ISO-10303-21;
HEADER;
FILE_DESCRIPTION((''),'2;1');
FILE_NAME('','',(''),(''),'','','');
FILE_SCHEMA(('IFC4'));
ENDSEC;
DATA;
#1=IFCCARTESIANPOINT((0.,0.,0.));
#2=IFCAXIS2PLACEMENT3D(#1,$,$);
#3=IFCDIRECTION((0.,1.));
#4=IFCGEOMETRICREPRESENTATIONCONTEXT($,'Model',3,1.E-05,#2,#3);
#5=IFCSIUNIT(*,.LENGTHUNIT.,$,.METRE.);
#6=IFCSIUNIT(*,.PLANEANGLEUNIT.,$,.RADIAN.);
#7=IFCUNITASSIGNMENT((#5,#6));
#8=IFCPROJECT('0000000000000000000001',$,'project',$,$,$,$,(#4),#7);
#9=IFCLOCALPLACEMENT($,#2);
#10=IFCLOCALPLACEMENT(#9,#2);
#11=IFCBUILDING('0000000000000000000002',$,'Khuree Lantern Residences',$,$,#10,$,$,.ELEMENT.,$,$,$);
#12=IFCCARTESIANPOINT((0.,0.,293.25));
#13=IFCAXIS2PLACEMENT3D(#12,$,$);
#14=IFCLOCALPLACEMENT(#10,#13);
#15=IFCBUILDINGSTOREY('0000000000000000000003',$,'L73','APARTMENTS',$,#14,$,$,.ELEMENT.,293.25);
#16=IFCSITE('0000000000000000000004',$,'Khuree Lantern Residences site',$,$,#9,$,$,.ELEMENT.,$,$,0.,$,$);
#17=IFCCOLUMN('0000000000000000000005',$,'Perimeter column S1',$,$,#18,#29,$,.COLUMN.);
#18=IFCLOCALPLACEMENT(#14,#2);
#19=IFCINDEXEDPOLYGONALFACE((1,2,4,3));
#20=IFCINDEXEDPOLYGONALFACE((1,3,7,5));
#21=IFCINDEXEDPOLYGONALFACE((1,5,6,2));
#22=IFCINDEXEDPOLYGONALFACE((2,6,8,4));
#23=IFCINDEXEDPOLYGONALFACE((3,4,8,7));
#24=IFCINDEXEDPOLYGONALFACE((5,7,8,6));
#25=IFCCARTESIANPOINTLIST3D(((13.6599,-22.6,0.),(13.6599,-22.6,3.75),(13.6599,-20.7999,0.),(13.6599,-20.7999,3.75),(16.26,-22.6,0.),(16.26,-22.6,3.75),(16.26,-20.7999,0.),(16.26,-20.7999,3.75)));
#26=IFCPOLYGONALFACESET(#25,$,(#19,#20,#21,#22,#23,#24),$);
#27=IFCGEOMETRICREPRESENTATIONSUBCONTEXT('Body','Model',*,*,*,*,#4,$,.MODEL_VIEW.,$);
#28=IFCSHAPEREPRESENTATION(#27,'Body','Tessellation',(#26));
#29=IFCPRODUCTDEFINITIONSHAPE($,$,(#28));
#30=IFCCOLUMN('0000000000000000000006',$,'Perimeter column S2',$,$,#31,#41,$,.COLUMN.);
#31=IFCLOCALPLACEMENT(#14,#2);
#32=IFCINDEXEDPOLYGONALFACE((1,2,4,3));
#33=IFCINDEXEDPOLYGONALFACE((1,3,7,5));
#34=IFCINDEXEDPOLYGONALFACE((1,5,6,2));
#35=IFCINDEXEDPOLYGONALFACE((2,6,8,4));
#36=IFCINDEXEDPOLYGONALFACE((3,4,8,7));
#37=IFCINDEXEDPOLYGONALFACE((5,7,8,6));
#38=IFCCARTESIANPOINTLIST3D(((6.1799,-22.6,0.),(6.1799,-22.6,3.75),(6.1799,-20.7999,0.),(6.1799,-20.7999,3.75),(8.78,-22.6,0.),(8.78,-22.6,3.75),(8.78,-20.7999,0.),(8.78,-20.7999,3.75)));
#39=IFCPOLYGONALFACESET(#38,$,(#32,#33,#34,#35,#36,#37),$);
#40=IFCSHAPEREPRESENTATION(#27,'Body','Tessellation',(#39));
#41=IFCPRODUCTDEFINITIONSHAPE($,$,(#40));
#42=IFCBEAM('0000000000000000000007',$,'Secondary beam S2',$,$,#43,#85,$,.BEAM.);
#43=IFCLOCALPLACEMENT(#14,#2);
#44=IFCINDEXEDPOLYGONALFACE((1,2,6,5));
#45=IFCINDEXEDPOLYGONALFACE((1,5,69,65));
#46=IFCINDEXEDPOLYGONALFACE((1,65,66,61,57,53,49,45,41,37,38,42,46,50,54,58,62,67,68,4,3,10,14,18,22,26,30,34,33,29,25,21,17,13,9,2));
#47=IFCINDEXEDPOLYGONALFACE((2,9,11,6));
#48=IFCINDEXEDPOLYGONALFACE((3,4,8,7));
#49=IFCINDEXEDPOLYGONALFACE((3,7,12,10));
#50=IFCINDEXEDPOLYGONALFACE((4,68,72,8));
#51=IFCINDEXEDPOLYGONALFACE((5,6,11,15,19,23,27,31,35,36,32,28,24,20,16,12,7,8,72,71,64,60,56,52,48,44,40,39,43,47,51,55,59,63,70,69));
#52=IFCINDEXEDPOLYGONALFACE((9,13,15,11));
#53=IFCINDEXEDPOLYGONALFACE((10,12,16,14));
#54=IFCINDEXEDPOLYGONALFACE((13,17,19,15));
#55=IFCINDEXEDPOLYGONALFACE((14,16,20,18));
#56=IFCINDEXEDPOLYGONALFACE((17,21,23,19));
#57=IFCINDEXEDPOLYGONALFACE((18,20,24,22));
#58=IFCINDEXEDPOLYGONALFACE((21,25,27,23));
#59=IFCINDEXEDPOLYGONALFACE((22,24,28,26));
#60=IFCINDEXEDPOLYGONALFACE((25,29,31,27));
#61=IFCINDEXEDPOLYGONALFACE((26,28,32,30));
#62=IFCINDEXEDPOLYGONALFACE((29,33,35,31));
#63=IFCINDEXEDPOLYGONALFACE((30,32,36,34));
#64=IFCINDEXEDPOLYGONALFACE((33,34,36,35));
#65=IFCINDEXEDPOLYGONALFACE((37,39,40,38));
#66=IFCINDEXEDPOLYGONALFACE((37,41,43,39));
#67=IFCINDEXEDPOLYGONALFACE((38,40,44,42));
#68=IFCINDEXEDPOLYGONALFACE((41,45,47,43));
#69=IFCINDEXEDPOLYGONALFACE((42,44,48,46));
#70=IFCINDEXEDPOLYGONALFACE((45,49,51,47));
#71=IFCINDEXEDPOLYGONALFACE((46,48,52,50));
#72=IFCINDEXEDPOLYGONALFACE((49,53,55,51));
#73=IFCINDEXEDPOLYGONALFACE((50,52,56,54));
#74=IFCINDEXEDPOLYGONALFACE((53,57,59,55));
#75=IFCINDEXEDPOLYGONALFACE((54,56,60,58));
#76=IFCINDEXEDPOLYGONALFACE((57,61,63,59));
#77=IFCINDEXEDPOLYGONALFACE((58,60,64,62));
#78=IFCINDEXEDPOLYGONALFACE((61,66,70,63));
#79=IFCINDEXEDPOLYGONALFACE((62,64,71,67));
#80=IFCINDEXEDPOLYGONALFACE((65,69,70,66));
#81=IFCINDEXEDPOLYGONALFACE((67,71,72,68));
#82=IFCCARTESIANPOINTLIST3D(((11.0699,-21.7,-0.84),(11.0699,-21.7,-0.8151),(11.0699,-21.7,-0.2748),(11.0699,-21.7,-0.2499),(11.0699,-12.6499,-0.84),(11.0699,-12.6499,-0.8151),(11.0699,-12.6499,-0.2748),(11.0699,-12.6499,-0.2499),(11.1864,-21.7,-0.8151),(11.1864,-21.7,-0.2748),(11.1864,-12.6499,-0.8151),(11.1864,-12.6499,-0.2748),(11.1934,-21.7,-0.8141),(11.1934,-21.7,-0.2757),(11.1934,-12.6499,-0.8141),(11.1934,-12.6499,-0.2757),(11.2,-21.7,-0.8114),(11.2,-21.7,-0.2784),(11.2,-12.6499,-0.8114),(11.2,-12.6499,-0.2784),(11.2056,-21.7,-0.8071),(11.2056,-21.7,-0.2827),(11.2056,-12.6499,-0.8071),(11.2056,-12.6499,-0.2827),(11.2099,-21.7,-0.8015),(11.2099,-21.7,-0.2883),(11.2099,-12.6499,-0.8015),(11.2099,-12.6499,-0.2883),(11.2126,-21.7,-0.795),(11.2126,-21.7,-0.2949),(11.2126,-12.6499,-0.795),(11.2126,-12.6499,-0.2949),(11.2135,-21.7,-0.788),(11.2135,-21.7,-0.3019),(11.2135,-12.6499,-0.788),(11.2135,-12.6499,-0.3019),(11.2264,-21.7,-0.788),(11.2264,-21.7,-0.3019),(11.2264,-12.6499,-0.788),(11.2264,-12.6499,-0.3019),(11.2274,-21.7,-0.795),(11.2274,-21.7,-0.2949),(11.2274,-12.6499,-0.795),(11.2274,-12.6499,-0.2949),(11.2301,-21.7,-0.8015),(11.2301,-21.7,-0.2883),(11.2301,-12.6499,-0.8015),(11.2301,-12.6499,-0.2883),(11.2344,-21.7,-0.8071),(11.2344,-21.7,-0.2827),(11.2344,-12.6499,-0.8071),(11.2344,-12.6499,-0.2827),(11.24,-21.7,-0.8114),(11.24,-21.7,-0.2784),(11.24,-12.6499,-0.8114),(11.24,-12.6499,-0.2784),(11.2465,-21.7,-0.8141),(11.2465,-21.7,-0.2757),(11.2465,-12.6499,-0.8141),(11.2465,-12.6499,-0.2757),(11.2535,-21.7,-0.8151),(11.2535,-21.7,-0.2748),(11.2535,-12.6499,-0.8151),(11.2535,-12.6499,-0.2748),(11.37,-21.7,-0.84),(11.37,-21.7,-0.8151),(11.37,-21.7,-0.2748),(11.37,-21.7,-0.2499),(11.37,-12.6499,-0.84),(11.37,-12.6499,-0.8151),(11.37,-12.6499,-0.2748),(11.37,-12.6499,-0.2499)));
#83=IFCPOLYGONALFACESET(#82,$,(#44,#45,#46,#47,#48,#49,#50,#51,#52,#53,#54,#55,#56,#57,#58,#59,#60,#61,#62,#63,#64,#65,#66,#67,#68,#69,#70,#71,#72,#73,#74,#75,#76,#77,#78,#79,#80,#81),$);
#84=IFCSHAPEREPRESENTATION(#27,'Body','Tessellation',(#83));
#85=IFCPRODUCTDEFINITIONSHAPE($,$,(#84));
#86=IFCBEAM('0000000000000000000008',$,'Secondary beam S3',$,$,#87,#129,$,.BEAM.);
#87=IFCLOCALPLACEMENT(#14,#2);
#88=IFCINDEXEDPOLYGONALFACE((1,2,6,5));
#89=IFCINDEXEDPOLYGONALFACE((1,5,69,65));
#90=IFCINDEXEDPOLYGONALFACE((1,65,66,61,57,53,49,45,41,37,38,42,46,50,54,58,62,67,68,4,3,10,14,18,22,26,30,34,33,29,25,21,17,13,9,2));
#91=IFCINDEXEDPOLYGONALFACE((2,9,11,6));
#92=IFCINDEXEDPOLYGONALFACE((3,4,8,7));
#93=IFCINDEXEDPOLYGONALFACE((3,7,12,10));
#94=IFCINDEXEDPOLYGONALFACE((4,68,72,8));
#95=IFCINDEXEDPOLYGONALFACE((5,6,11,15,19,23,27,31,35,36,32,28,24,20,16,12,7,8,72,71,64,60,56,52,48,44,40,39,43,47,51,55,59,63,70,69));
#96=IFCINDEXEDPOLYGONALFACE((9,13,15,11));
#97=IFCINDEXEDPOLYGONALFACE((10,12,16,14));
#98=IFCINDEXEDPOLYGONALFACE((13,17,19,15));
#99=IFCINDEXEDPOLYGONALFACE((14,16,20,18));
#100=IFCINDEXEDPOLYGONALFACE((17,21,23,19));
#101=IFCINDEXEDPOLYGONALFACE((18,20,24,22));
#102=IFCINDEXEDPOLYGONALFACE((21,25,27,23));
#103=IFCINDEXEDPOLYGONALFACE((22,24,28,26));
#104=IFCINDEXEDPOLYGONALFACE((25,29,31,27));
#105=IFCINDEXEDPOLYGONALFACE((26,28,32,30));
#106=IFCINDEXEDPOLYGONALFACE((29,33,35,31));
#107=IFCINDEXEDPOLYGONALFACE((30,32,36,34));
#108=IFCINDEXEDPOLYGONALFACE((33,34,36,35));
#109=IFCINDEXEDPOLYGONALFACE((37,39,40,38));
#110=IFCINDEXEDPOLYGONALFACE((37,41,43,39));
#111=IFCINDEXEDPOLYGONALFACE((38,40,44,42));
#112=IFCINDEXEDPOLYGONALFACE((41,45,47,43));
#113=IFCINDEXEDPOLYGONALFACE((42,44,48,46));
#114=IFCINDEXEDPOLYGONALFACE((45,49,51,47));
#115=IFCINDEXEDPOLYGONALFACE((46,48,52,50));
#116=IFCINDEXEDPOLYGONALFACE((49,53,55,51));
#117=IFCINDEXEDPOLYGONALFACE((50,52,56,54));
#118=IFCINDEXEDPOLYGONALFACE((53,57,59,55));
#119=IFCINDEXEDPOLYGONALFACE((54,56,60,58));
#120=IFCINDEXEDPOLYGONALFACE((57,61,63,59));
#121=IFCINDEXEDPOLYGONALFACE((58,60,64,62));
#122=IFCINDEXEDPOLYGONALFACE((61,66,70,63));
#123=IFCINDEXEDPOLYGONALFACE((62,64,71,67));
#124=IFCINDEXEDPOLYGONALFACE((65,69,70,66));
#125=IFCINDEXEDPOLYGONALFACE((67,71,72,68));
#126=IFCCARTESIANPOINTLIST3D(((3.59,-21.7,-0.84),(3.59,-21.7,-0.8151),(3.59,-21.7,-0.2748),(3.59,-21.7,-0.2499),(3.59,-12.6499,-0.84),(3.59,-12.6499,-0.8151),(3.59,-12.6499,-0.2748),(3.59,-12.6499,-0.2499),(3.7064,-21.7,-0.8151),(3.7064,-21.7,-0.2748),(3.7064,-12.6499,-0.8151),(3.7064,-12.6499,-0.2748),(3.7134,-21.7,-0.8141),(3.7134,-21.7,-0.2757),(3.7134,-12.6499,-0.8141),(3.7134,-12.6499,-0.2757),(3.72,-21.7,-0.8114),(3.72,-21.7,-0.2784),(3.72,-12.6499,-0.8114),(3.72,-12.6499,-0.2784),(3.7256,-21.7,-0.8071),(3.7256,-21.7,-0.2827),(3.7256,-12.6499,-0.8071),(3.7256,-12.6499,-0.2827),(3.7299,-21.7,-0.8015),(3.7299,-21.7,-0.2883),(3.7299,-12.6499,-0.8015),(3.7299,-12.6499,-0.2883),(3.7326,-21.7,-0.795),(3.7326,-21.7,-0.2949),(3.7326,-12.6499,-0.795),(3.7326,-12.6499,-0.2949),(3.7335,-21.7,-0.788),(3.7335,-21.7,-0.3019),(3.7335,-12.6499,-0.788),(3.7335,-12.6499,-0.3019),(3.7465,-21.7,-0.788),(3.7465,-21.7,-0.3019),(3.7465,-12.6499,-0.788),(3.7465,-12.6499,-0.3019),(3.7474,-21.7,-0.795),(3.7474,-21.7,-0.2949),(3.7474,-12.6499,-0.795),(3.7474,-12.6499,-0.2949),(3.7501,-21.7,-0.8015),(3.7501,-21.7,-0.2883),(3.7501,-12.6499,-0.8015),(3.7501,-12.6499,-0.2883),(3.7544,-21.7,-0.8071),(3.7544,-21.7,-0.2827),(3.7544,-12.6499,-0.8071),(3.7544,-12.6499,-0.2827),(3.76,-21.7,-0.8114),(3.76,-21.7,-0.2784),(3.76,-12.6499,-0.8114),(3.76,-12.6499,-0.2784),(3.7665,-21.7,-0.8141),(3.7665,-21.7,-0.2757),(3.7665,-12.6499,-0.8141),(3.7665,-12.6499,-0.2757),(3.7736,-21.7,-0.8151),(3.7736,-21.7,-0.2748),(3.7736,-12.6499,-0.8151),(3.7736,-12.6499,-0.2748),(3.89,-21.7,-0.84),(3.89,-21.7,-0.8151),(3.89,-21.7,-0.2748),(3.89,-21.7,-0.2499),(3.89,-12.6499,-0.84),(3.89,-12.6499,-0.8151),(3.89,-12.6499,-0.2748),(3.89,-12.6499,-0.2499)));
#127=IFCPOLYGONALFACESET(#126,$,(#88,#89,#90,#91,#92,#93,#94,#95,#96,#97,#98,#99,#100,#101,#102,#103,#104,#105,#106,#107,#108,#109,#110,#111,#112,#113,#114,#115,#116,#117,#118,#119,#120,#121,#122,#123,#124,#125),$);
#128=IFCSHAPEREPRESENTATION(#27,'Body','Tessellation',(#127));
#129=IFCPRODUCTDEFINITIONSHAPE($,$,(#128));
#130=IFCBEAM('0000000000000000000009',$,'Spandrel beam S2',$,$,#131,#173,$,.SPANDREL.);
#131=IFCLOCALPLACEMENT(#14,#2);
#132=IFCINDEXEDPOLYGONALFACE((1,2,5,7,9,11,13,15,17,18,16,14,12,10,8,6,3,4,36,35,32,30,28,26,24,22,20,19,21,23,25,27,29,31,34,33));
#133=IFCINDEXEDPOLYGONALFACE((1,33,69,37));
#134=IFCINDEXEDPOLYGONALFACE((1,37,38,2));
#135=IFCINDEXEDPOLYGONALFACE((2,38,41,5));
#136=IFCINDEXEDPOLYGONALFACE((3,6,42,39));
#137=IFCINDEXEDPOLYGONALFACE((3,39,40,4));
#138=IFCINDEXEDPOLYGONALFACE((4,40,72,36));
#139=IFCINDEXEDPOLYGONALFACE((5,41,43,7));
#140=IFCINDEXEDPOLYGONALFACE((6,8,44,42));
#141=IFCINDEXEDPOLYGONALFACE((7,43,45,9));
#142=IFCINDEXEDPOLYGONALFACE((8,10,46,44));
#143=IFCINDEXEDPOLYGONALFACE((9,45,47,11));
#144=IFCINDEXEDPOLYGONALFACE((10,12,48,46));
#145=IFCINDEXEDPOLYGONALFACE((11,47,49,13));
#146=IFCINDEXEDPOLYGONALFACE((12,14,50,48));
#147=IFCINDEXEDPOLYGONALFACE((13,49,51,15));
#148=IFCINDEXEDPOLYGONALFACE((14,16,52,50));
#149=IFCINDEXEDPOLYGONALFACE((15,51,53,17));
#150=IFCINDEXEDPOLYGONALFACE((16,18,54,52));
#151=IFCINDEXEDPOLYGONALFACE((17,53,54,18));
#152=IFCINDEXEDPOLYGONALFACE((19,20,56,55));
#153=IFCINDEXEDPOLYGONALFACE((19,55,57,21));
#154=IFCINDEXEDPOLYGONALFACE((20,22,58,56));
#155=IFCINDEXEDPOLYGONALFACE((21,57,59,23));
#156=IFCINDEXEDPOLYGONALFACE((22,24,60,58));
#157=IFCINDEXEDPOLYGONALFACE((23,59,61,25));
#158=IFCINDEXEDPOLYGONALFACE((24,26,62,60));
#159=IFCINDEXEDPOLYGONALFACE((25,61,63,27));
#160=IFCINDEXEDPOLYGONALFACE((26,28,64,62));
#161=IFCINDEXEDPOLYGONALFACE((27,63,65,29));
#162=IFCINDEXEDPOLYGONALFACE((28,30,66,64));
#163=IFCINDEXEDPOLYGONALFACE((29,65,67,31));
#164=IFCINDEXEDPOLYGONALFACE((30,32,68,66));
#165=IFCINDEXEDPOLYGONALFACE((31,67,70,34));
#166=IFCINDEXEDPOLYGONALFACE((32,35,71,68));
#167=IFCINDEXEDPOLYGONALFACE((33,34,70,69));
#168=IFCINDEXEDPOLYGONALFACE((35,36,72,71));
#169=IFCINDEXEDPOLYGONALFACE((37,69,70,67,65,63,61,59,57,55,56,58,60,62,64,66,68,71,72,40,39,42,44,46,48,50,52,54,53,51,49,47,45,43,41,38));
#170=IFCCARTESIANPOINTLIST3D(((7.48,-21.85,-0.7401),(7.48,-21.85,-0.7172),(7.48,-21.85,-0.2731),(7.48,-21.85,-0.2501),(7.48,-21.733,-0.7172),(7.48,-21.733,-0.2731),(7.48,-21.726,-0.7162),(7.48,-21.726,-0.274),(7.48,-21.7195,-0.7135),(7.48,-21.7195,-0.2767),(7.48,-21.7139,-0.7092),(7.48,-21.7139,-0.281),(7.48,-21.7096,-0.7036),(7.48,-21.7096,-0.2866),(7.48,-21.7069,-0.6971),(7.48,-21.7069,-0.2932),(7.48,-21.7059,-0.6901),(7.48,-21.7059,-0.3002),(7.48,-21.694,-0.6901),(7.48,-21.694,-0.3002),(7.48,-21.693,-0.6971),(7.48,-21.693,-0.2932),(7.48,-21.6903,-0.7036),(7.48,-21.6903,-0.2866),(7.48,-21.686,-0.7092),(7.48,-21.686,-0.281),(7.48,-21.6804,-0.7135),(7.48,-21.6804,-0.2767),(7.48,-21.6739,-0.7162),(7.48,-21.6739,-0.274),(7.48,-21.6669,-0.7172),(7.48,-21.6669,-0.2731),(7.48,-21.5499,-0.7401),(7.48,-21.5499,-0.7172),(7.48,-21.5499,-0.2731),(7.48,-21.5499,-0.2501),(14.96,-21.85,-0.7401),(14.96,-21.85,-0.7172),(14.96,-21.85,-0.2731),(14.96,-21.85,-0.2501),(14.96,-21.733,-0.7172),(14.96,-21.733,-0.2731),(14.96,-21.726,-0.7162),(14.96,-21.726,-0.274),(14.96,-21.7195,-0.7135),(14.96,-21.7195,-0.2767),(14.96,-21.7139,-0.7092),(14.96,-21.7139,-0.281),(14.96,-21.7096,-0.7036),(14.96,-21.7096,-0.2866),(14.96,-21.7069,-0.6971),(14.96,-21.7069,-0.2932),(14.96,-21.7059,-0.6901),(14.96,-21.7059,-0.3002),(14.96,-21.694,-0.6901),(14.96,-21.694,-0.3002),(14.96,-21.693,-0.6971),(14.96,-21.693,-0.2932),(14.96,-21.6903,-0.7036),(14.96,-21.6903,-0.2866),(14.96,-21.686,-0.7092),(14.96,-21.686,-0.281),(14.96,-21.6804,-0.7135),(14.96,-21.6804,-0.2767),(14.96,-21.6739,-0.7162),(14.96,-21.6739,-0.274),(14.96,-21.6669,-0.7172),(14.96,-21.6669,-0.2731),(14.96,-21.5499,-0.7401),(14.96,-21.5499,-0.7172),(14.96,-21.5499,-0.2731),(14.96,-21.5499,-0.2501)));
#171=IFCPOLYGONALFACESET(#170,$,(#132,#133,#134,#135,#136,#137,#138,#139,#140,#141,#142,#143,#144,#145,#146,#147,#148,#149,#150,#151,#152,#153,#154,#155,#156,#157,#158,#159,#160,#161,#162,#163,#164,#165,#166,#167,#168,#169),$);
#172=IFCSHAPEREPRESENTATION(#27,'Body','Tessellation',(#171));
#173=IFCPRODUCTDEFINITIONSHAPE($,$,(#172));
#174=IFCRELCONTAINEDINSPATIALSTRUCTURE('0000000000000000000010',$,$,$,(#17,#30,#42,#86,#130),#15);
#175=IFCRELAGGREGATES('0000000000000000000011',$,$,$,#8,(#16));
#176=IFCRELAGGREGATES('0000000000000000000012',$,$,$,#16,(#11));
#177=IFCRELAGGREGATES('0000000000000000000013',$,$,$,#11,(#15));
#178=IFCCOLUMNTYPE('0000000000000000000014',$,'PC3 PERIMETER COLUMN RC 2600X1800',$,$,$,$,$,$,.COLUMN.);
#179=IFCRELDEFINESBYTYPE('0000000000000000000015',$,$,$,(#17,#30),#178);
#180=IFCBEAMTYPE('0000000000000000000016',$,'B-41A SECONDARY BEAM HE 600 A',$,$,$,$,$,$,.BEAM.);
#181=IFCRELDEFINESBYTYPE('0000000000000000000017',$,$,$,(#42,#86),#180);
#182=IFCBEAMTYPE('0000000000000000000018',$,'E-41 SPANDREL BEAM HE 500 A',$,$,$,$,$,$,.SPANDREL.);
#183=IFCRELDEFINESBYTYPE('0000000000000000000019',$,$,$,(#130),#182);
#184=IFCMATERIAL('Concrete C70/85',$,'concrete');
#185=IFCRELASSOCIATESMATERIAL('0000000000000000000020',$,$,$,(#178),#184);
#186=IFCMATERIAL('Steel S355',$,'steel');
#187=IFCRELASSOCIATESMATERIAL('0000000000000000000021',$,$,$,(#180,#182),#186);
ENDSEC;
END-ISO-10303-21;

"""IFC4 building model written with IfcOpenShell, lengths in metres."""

from ifc_helpers import new_model, si_unit, direction, frame, origin, origin_2d, place, context, subcontext, project, spatial, rectangle, i_section, extrude, material, material_profile, profile_set, type_object, element, save


model = new_model("IFC4")

# Units and contexts
model_context = context("Model", 3, precision=1e-05, world=origin(), true_north=direction((0.0, 1.0)))
body_context = subcontext(model_context, "Body", "Model", "MODEL_VIEW")
ifc_project = project(units=[si_unit("LENGTHUNIT", "METRE"), si_unit("PLANEANGLEUNIT", "RADIAN")], contexts=[model_context])

# Site, building, storey
site_placement = place(None, origin())
site = spatial("IfcSite", under=ifc_project, at=site_placement, Name="Khuree Lantern Residences site", CompositionType="ELEMENT", RefElevation=0.0)
building_placement = place(site_placement, origin())
building = spatial("IfcBuilding", under=site, at=building_placement, Name="Khuree Lantern Residences", CompositionType="ELEMENT")
storey_placement = place(building_placement, frame((0.0, 0.0, 293.25)))
storey = spatial("IfcBuildingStorey", under=building, at=storey_placement, Name="L73", Description="APARTMENTS", CompositionType="ELEMENT", Elevation=293.25)

# Columns
ifc_material_1 = material(Name="Concrete C70/85", Category="concrete")
ifc_material_profile_1 = material_profile(ifc_material_1, rectangle(XDim=2.6001, YDim=1.8, at=origin_2d()), Name="RC 2600X1800")
ifc_profile_set_1 = profile_set([ifc_material_profile_1], Name="Concrete C70/85")
column_type = type_object("IfcColumnType", Name="PC3 PERIMETER COLUMN RC 2600X1800", PredefinedType="COLUMN", material=ifc_profile_set_1)
for number, where, z_axis, x_axis, name in (
    (1, (14.96, -21.7, 0.0), (0.0, 0.0, 1.0), (1.0, 0.0, 0.0), "Perimeter column S1"),
    (2, (7.48, -21.7, 0.0), (0.0, 0.0, 1.0), (1.0, 0.0, 0.0), "Perimeter column S2"),
):
    element("IfcColumn", number, at=place(storey_placement, frame(where, z_axis=z_axis, x_axis=x_axis)), inside=storey, type_object=column_type, Name=name, PredefinedType="COLUMN", context=body_context, shape_type="SweptSolid", body=[
        extrude(rectangle(XDim=2.6001, YDim=1.8, at=origin_2d()), origin(), (0.0, 0.0, 1.0), 3.75),
    ])

# Beams
ifc_material_2 = material(Name="Steel S355", Category="steel")
ifc_material_profile_2 = material_profile(ifc_material_2, i_section(OverallWidth=0.3, OverallDepth=0.5901, WebThickness=0.0129, FlangeThickness=0.0249, FilletRadius=0.0271, at=origin_2d()), Name="HE 600 A")
ifc_profile_set_2 = profile_set([ifc_material_profile_2], Name="Steel S355")
beam_type_1 = type_object("IfcBeamType", Name="B-41A SECONDARY BEAM HE 600 A", PredefinedType="BEAM", material=ifc_profile_set_2)
for number, where, z_axis, x_axis, name in (
    (3, (11.22, -21.7, -0.5449), (0.0, 1.0, 0.0), (-1.0, 0.0, 0.0), "Secondary beam S2"),
    (4, (3.74, -21.7, -0.5449), (0.0, 1.0, 0.0), (-1.0, 0.0, 0.0), "Secondary beam S3"),
):
    element("IfcBeam", number, at=place(storey_placement, frame(where, z_axis=z_axis, x_axis=x_axis)), inside=storey, type_object=beam_type_1, Name=name, PredefinedType="BEAM", context=body_context, shape_type="SweptSolid", body=[
        extrude(i_section(OverallWidth=0.3, OverallDepth=0.5901, WebThickness=0.0129, FlangeThickness=0.0249, FilletRadius=0.0271, at=origin_2d()), origin(), (0.0, 0.0, 1.0), 9.05),
    ])
ifc_material_profile_3 = material_profile(ifc_material_2, i_section(OverallWidth=0.3, OverallDepth=0.49, WebThickness=0.012, FlangeThickness=0.0229, FilletRadius=0.0271, at=origin_2d()), Name="HE 500 A")
ifc_profile_set_3 = profile_set([ifc_material_profile_3], Name="Steel S355")
beam_type_2 = type_object("IfcBeamType", Name="E-41 SPANDREL BEAM HE 500 A", PredefinedType="SPANDREL", material=ifc_profile_set_3)
for number, where, z_axis, x_axis, name in (
    (5, (14.96, -21.7, -0.4951), (-1.0, 0.0, 0.0), (0.0, -1.0, 0.0), "Spandrel beam S2"),
):
    element("IfcBeam", number, at=place(storey_placement, frame(where, z_axis=z_axis, x_axis=x_axis)), inside=storey, type_object=beam_type_2, Name=name, PredefinedType="SPANDREL", context=body_context, shape_type="SweptSolid", body=[
        extrude(i_section(OverallWidth=0.3, OverallDepth=0.49, WebThickness=0.012, FlangeThickness=0.0229, FilletRadius=0.0271, at=origin_2d()), origin(), (0.0, 0.0, 1.0), 7.48),
    ])

save(model, "model.ifc")
